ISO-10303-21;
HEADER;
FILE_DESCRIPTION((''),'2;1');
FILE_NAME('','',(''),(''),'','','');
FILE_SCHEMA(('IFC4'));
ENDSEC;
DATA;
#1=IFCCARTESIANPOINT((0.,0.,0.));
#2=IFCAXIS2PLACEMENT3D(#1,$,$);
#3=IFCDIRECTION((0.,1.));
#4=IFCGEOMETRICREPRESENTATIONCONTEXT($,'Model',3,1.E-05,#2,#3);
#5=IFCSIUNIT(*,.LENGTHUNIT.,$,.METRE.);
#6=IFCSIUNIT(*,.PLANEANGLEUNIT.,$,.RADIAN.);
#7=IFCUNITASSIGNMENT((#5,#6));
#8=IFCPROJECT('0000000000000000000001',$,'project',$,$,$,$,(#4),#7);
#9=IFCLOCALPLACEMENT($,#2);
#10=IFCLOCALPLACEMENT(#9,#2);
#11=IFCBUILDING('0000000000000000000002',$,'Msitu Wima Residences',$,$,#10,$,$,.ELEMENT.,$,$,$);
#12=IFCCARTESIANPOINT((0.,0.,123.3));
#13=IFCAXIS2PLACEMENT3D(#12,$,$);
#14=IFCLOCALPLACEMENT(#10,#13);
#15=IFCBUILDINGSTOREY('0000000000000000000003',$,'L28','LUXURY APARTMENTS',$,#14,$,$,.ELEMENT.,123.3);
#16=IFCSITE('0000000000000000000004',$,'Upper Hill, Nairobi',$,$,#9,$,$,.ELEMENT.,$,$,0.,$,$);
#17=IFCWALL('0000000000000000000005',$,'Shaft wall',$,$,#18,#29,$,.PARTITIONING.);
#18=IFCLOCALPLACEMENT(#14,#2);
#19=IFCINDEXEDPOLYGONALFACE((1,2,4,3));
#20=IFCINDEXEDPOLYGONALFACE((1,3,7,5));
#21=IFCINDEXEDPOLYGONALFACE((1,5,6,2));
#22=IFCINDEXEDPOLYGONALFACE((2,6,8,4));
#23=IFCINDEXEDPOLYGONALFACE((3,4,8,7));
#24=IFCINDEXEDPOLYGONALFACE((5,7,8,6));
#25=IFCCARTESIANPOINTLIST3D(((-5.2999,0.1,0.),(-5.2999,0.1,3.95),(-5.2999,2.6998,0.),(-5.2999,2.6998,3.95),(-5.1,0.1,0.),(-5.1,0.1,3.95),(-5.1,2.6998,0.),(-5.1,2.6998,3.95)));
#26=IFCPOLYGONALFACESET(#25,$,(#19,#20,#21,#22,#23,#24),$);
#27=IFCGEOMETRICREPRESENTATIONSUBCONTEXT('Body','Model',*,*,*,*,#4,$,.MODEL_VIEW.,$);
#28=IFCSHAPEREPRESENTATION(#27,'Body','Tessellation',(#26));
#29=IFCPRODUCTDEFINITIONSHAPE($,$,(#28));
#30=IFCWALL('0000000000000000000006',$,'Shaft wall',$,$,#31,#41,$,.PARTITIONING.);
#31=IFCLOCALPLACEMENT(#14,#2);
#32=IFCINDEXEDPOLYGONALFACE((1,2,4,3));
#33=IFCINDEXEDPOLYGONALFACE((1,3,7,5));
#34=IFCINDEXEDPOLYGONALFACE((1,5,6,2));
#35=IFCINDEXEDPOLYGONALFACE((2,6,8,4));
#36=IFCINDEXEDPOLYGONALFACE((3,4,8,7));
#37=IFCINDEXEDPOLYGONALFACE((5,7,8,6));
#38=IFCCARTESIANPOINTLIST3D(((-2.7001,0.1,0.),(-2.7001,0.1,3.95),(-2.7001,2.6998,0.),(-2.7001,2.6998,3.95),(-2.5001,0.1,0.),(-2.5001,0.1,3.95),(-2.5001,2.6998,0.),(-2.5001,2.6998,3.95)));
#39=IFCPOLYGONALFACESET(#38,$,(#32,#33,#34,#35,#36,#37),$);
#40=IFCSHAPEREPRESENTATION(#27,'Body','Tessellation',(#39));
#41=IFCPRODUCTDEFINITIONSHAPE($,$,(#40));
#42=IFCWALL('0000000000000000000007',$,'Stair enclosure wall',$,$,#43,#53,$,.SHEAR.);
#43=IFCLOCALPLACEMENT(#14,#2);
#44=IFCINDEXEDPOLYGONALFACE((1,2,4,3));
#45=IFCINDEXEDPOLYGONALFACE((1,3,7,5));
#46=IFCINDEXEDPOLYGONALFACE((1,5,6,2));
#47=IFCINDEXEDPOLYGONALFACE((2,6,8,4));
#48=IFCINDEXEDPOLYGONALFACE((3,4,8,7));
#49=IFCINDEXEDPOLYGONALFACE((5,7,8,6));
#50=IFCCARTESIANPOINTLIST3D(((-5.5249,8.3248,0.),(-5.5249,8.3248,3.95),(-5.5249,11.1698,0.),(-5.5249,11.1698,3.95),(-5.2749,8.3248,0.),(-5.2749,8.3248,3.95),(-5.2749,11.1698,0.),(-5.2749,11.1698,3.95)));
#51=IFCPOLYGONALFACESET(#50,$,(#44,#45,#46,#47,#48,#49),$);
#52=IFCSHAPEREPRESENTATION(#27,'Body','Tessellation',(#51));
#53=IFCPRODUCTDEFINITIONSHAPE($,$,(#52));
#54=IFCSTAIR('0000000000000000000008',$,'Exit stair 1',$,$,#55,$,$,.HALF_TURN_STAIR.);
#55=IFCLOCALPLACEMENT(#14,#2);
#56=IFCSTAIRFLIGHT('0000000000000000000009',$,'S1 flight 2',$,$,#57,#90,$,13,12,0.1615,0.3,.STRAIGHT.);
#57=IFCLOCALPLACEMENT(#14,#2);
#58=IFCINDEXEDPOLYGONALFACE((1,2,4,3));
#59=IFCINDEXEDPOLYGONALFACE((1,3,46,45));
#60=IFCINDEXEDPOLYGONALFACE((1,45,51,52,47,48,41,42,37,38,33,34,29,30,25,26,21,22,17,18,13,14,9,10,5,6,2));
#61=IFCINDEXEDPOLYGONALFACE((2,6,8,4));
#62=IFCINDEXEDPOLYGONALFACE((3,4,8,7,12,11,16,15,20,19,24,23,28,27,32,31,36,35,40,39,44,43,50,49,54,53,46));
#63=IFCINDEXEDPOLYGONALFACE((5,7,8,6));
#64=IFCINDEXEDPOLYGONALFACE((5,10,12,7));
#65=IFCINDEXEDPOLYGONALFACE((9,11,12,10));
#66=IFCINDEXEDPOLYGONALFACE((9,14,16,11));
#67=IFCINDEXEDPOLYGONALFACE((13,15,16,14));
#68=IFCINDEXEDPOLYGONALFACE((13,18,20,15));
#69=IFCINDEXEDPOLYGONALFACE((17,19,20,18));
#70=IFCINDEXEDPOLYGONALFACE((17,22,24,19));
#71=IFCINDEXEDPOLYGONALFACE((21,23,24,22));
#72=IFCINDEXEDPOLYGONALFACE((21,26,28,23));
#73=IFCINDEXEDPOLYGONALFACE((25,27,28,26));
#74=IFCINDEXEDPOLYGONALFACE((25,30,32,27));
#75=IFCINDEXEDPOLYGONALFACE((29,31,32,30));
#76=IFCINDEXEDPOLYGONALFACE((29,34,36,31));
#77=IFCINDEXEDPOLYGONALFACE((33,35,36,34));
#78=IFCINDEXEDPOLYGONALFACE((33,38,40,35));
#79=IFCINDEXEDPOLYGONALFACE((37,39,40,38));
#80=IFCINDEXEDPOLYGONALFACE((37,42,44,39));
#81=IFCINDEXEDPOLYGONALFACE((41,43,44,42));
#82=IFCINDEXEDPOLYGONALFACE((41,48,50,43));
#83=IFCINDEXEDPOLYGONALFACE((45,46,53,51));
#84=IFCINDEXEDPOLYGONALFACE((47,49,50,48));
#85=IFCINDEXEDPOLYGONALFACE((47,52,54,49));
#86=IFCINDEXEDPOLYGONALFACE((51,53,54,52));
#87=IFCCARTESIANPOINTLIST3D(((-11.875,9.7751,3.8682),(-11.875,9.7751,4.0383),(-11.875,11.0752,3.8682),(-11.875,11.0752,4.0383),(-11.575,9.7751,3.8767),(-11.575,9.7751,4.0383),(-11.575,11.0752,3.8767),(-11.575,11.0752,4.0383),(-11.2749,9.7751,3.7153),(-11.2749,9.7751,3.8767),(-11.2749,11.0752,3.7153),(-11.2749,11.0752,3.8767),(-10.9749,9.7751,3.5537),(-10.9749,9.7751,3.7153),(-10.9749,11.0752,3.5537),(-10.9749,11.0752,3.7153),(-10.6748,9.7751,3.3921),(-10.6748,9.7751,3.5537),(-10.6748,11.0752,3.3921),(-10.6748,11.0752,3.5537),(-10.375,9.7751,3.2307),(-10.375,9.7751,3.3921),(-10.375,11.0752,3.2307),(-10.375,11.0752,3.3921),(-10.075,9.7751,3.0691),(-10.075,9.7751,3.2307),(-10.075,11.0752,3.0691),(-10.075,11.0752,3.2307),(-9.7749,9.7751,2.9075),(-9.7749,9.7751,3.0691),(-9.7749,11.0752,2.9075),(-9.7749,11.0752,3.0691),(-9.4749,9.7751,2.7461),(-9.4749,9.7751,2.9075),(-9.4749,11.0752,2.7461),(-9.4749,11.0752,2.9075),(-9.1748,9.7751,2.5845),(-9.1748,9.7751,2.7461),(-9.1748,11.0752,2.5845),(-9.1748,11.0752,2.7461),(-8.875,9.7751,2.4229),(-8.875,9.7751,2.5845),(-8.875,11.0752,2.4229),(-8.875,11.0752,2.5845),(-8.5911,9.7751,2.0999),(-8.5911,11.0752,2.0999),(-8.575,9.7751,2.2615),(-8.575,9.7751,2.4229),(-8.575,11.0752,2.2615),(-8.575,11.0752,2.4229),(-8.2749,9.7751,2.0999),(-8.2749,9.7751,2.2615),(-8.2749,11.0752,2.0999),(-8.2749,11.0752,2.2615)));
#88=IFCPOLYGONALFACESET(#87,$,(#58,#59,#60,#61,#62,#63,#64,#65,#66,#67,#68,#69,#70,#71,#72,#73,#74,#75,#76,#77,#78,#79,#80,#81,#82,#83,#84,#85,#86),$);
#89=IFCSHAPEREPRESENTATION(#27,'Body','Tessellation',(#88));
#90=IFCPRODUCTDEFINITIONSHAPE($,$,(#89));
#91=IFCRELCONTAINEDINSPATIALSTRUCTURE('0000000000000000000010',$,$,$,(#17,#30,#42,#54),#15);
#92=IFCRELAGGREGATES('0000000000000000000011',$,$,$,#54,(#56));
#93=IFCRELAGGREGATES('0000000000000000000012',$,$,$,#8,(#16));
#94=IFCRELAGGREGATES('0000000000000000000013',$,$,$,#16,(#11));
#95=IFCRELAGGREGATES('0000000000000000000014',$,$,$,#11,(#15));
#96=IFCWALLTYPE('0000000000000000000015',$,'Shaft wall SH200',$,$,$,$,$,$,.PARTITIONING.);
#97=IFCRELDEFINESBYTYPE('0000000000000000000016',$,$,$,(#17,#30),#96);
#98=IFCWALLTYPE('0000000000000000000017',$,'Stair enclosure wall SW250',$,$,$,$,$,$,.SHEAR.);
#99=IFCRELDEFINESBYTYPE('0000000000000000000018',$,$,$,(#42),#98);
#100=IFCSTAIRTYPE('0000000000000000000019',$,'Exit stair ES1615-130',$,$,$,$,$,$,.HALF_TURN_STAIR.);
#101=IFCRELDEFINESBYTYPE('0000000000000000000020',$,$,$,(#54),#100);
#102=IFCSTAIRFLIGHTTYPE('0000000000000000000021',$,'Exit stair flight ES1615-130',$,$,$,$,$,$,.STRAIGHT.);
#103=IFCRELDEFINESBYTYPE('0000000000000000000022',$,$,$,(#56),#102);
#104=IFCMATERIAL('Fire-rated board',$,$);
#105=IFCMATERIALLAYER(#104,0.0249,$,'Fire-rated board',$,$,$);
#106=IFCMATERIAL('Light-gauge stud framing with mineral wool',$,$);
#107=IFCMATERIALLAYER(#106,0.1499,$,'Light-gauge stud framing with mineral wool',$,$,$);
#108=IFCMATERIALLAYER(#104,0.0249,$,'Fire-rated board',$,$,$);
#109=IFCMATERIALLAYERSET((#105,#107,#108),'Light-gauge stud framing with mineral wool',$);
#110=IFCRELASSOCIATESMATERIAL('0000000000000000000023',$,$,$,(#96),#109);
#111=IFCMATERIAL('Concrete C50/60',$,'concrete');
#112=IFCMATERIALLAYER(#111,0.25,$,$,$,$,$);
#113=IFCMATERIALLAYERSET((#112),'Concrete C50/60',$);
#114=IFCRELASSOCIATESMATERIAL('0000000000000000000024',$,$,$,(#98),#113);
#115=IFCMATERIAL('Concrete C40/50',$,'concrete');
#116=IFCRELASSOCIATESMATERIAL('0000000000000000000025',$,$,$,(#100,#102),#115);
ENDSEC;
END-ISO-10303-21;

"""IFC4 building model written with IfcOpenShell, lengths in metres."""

from ifc_helpers import new_model, si_unit, direction, frame, frame_2d, origin, place, context, subcontext, project, spatial, polyline, rectangle, outline, extrude, material, layer, layer_set, type_object, element, aggregate, save


model = new_model("IFC4")

# Units and contexts
model_context = context("Model", 3, precision=1e-05, world=origin(), true_north=direction((0.0, 1.0)))
body_context = subcontext(model_context, "Body", "Model", "MODEL_VIEW")
ifc_project = project(units=[si_unit("LENGTHUNIT", "METRE"), si_unit("PLANEANGLEUNIT", "RADIAN")], contexts=[model_context])

# Site, building, storey
site_placement = place(None, origin())
site = spatial("IfcSite", under=ifc_project, at=site_placement, Name="Upper Hill, Nairobi", CompositionType="ELEMENT", RefElevation=0.0)
building_placement = place(site_placement, origin())
building = spatial("IfcBuilding", under=site, at=building_placement, Name="Msitu Wima Residences", CompositionType="ELEMENT")
storey_placement = place(building_placement, frame((0.0, 0.0, 123.3)))
storey = spatial("IfcBuildingStorey", under=building, at=storey_placement, Name="L28", Description="LUXURY APARTMENTS", CompositionType="ELEMENT", Elevation=123.3)

# Shared definitions
ifc_material_1 = material(Name="Concrete C40/50", Category="concrete")

# Walls
ifc_material_2 = material(Name="Fire-rated board")
ifc_layer_1 = layer(ifc_material_2, 0.0249, Name="Fire-rated board")
ifc_material_3 = material(Name="Light-gauge stud framing with mineral wool")
ifc_layer_2 = layer(ifc_material_3, 0.1499, Name="Light-gauge stud framing with mineral wool")
ifc_layer_3 = layer(ifc_material_2, 0.0249, Name="Fire-rated board")
ifc_layer_set_1 = layer_set([ifc_layer_1, ifc_layer_2, ifc_layer_3], Name="Light-gauge stud framing with mineral wool")
wall_type_1 = type_object("IfcWallType", Name="Shaft wall SH200", PredefinedType="PARTITIONING", material=ifc_layer_set_1)
for number, where, z_axis, x_axis, name in (
    (1, (-5.2, 0.1001, 0.0), (0.0, 0.0, 1.0), (0.0, 1.0, 0.0), "Shaft wall"),
    (2, (-2.6001, 0.1001, 0.0), (0.0, 0.0, 1.0), (0.0, 1.0, 0.0), "Shaft wall"),
):
    element("IfcWall", number, at=place(storey_placement, frame(where, z_axis=z_axis, x_axis=x_axis)), inside=storey, type_object=wall_type_1, Name=name, PredefinedType="PARTITIONING", context=body_context, shape_type="SweptSolid", body=[
        extrude(rectangle(XDim=2.5999, YDim=0.2, at=frame_2d((1.2998, 0.0))), origin(), (0.0, 0.0, 1.0), 3.95),
    ])
ifc_material_4 = material(Name="Concrete C50/60", Category="concrete")
ifc_layer_4 = layer(ifc_material_4, 0.25)
ifc_layer_set_2 = layer_set([ifc_layer_4], Name="Concrete C50/60")
wall_type_2 = type_object("IfcWallType", Name="Stair enclosure wall SW250", PredefinedType="SHEAR", material=ifc_layer_set_2)
wall_1_placement = place(storey_placement, frame((-5.3999, 8.325, 0.0), z_axis=(0.0, 0.0, 1.0), x_axis=(0.0, 1.0, 0.0)))
element("IfcWall", 3, at=wall_1_placement, inside=storey, type_object=wall_type_2, Name="Stair enclosure wall", PredefinedType="SHEAR", context=body_context, shape_type="SweptSolid", body=[
    extrude(rectangle(XDim=2.845, YDim=0.25, at=frame_2d((1.4224, 0.0))), origin(), (0.0, 0.0, 1.0), 3.95),
])

# Stair, stair flight
stair_type = type_object("IfcStairType", Name="Exit stair ES1615-130", PredefinedType="HALF_TURN_STAIR", material=ifc_material_1)
stair_placement = place(storey_placement, origin())
stair = element("IfcStair", 4, at=stair_placement, inside=storey, type_object=stair_type, Name="Exit stair 1", PredefinedType="HALF_TURN_STAIR")
stair_flight_type = type_object("IfcStairFlightType", Name="Exit stair flight ES1615-130", PredefinedType="STRAIGHT", material=ifc_material_1)
stair_flight_placement = place(storey_placement, frame((-8.2749, 10.425, 2.0999), z_axis=(0.0, 0.0, 1.0), x_axis=(-1.0, 0.0, 0.0)))
stair_flight = element("IfcStairFlight", 5, at=stair_flight_placement, type_object=stair_flight_type, Name="S1 flight 2", NumberOfRisers=13, NumberOfTreads=12, PredefinedType="STRAIGHT", RiserHeight=0.1615, TreadLength=0.3, context=body_context, shape_type="SweptSolid", body=[
    extrude(outline(polyline([(0.0, 0.0), (0.0, 0.1616), (0.3, 0.1616), (0.3, 0.323), (0.6001, 0.323), (0.6001, 0.4846), (0.8999, 0.4846), (0.8999, 0.6462), (1.2, 0.6462), (1.2, 0.8076), (1.5, 0.8076), (1.5, 0.9692), (1.8, 0.9692), (1.8, 1.1309), (2.1001, 1.1309), (2.1001, 1.2922), (2.3999, 1.2922), (2.3999, 1.4539), (2.7, 1.4539), (2.7, 1.6155), (3.0, 1.6155), (3.0, 1.7769), (3.3, 1.7769), (3.3, 1.9385), (3.6001, 1.9385), (3.6001, 2.1001), (3.6001, 1.7683), (0.3162, 0.0), (0.0, 0.0)])), frame((0.0, 0.6499, 0.0), z_axis=(0.0, -1.0, 0.0), x_axis=(1.0, 0.0, 0.0)), (0.0, 0.0, 1.0), 1.3),
])
aggregate(stair, [stair_flight])

save(model, "model.ifc")
